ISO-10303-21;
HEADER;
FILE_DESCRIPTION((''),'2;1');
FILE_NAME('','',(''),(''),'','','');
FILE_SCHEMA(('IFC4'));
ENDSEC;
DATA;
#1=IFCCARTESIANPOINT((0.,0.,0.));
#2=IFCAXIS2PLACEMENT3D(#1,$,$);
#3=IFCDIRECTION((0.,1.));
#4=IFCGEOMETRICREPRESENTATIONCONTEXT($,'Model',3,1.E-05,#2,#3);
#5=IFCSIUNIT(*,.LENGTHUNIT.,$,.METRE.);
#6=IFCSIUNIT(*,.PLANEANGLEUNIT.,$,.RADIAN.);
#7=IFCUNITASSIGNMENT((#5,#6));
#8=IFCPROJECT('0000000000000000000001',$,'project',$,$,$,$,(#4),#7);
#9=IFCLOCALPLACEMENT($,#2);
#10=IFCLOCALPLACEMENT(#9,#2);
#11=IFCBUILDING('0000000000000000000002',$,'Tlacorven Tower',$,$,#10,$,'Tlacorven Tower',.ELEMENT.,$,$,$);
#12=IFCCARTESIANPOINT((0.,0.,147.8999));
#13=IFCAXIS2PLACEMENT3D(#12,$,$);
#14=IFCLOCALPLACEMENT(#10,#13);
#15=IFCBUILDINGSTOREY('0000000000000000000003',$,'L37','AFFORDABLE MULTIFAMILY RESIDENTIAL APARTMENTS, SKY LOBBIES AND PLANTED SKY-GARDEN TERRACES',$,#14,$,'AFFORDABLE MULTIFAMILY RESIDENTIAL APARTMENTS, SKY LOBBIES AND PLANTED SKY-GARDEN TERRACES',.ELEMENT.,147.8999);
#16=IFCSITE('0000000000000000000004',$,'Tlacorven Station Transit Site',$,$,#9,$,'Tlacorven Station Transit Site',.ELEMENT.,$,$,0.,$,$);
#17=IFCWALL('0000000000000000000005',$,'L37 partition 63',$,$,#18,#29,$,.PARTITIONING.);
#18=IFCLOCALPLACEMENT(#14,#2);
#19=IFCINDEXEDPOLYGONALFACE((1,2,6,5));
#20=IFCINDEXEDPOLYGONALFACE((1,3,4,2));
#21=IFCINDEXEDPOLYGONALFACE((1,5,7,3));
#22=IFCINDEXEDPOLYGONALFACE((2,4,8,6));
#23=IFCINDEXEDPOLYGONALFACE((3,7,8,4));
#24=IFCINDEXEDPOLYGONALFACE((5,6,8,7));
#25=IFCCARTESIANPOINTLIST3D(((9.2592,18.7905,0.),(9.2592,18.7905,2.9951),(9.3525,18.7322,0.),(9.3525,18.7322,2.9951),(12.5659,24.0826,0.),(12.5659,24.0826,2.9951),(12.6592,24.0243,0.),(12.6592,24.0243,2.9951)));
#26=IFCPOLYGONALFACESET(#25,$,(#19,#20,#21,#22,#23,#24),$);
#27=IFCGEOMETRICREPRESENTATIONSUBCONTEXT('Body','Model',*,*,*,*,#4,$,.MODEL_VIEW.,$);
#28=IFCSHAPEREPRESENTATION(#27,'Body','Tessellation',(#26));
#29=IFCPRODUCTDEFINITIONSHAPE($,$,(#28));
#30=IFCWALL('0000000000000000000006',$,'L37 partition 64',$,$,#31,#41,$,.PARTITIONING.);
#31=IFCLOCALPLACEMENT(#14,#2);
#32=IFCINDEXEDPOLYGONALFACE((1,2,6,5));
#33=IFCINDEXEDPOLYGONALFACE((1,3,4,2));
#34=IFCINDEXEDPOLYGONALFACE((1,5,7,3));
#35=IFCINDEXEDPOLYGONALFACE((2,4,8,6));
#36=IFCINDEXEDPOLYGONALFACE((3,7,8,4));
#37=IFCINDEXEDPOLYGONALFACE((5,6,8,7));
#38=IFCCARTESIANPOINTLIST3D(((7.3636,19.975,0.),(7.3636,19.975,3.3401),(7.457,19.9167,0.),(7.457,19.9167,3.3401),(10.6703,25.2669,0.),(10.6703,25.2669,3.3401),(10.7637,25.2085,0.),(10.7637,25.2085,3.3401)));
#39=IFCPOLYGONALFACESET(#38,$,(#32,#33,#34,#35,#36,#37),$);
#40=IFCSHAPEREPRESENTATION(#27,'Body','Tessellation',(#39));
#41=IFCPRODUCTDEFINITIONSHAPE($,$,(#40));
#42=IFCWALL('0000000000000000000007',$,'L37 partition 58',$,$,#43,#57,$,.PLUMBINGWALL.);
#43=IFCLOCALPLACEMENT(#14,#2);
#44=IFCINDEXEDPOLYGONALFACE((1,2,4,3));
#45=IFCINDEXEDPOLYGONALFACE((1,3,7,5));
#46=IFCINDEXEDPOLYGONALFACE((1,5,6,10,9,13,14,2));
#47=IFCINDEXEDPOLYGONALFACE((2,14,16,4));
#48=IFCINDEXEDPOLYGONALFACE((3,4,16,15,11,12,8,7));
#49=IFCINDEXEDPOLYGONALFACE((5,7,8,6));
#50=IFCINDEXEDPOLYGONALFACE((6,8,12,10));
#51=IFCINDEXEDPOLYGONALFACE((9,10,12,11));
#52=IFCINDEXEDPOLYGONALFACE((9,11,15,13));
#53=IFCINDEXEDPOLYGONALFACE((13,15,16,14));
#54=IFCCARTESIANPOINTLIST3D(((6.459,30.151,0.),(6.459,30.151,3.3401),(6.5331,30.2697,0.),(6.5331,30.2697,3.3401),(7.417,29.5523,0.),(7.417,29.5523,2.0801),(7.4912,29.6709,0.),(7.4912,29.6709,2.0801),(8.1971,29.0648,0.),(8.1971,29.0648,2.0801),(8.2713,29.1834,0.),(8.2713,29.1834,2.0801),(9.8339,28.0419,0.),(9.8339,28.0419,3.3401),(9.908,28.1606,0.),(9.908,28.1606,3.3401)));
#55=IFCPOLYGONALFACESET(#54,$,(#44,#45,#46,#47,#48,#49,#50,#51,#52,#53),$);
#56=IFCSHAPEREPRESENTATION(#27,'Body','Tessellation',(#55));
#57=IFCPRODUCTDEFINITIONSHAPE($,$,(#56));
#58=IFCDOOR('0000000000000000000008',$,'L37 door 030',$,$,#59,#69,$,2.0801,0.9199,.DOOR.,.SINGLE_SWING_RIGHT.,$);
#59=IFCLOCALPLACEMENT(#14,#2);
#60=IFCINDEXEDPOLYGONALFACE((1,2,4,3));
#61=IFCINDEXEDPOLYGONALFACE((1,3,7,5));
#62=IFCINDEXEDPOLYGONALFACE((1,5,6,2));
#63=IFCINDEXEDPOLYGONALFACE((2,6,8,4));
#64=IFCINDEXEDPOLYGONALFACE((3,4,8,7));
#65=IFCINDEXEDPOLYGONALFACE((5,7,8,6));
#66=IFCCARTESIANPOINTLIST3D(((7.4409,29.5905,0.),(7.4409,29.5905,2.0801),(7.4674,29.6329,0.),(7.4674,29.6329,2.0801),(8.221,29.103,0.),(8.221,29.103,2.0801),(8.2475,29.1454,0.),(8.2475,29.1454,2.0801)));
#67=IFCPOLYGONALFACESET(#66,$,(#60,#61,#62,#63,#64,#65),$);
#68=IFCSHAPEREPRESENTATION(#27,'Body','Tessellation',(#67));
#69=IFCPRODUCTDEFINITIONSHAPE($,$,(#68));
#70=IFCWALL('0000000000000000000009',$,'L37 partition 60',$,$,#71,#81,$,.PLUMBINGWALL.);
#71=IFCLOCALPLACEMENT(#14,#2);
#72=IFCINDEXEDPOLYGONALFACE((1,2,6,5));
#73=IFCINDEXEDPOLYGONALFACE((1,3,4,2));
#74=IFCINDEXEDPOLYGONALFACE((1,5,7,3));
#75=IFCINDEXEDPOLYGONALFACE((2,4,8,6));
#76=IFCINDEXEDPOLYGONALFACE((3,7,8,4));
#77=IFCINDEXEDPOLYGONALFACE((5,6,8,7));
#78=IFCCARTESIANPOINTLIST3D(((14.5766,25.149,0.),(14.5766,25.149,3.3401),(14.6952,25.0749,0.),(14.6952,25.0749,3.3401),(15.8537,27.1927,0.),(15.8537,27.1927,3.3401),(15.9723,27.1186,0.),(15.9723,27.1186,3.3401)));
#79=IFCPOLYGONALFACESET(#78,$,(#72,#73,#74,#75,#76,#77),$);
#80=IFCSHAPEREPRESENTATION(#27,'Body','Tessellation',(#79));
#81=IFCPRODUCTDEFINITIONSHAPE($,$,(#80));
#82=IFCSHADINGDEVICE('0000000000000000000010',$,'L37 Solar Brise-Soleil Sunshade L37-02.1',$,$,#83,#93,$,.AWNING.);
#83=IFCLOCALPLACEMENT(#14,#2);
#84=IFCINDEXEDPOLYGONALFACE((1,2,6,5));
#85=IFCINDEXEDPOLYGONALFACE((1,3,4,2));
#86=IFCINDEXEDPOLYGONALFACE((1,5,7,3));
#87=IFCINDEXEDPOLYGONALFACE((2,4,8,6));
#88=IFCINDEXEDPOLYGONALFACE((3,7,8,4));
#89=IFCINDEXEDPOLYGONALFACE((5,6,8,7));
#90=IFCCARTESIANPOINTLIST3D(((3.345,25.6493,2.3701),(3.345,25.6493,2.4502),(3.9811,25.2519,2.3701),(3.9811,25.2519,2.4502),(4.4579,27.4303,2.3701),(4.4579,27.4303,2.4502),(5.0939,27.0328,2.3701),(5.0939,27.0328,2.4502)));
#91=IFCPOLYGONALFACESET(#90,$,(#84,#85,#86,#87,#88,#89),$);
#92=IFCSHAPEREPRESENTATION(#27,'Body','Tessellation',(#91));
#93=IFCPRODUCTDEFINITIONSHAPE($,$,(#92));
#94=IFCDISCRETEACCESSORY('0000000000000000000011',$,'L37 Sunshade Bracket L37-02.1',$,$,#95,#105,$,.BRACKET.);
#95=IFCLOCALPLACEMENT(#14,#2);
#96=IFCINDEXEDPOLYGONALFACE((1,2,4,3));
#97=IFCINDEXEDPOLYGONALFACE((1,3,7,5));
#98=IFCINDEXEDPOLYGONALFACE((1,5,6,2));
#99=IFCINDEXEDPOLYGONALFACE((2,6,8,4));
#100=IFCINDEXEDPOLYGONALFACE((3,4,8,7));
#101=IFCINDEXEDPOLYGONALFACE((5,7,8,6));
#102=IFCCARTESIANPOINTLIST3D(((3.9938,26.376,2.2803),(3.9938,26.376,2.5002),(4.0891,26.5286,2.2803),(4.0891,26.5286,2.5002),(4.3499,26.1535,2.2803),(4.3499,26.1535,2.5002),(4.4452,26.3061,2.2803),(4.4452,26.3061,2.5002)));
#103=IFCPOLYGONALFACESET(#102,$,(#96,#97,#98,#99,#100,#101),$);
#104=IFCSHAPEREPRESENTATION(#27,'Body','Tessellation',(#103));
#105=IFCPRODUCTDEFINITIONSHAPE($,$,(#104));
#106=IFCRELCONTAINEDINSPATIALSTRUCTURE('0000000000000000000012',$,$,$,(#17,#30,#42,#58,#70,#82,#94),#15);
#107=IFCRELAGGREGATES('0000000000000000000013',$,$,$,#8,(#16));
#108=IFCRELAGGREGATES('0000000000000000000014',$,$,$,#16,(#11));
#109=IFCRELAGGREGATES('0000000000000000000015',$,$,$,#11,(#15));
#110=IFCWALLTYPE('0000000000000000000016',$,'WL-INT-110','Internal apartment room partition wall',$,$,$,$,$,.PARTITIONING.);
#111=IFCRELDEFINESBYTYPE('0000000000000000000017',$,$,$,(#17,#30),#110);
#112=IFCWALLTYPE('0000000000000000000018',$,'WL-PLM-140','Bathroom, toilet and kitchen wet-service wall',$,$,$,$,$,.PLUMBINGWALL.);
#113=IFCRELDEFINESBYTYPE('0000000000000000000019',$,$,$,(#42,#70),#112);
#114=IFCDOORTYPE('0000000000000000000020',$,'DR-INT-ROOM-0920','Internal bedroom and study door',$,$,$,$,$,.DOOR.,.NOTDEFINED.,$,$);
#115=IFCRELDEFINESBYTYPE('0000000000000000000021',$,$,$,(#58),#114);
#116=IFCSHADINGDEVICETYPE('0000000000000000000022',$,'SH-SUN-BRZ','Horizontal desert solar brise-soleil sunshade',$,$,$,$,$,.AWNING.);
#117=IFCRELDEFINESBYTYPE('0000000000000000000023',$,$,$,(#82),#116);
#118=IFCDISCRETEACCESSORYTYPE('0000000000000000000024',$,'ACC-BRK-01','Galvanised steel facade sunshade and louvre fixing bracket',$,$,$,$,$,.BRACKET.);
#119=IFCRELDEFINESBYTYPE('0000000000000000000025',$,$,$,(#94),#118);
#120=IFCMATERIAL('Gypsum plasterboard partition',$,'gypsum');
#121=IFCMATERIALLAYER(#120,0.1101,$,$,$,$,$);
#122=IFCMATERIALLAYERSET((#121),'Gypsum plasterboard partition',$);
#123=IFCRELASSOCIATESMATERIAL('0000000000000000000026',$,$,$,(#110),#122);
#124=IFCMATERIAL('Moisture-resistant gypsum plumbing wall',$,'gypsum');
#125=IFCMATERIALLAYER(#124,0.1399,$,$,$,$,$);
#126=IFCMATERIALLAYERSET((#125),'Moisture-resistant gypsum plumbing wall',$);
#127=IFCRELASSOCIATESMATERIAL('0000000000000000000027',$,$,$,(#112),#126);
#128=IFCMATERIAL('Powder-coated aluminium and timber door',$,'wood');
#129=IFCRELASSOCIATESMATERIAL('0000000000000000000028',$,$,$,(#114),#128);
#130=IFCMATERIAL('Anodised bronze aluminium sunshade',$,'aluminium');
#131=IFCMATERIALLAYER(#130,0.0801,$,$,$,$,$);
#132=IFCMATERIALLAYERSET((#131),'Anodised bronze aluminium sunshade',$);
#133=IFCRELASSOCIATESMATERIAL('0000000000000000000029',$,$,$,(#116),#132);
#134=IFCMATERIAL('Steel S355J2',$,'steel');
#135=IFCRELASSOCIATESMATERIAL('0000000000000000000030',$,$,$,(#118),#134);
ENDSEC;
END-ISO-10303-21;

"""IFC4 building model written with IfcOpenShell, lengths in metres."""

from ifc_helpers import new_model, si_unit, direction, frame, frame_2d, origin, origin_2d, place, context, subcontext, project, spatial, rectangle, extrude, source, transform, mapped, material, layer, layer_set, type_object, element, fill, save


model = new_model("IFC4")

# Units and contexts
model_context = context("Model", 3, precision=1e-05, world=origin(), true_north=direction((0.0, 1.0)))
body_context = subcontext(model_context, "Body", "Model", "MODEL_VIEW")
ifc_project = project(units=[si_unit("LENGTHUNIT", "METRE"), si_unit("PLANEANGLEUNIT", "RADIAN")], contexts=[model_context])

# Site, building, storey
site_placement = place(None, origin())
site = spatial("IfcSite", under=ifc_project, at=site_placement, Name="Tlacorven Station Transit Site", LongName="Tlacorven Station Transit Site", CompositionType="ELEMENT", RefElevation=0.0)
building_placement = place(site_placement, origin())
building = spatial("IfcBuilding", under=site, at=building_placement, Name="Tlacorven Tower", LongName="Tlacorven Tower", CompositionType="ELEMENT")
storey_placement = place(building_placement, frame((0.0, 0.0, 147.8999)))
storey = spatial("IfcBuildingStorey", under=building, at=storey_placement, Name="L37", Description="AFFORDABLE MULTIFAMILY RESIDENTIAL APARTMENTS, SKY LOBBIES AND PLANTED SKY-GARDEN TERRACES", LongName="AFFORDABLE MULTIFAMILY RESIDENTIAL APARTMENTS, SKY LOBBIES AND PLANTED SKY-GARDEN TERRACES", CompositionType="ELEMENT", Elevation=147.8999)

# Shared definitions
ifc_material_1 = material(Name="Steel S355J2", Category="steel")

# Shared definitions
ifc_material_2 = material(Name="Gypsum plasterboard partition", Category="gypsum")
ifc_layer_1 = layer(ifc_material_2, 0.1101)
ifc_layer_set_1 = layer_set([ifc_layer_1], Name="Gypsum plasterboard partition")
wall_type_1 = type_object("IfcWallType", Name="WL-INT-110", Description="Internal apartment room partition wall", PredefinedType="PARTITIONING", material=ifc_layer_set_1)
ifc_material_3 = material(Name="Powder-coated aluminium and timber door", Category="wood")

# Walls
wall_1_placement = place(storey_placement, frame((12.6125, 24.0535, 0.0), z_axis=(0.0, 0.0, 1.0), x_axis=(-0.5299, -0.84806, 0.0)))
element("IfcWall", 1, at=wall_1_placement, inside=storey, type_object=wall_type_1, Name="L37 partition 63", PredefinedType="PARTITIONING", context=body_context, shape_type="SweptSolid", body=[
    extrude(rectangle(XDim=6.2402, YDim=0.1101, at=frame_2d((3.1201, 0.0))), origin(), (0.0, 0.0, 1.0), 2.9951),
])
wall_2_placement = place(storey_placement, frame((10.717, 25.2378, 0.0), z_axis=(0.0, 0.0, 1.0), x_axis=(-0.529918, -0.848049, 0.0)))
element("IfcWall", 2, at=wall_2_placement, inside=storey, type_object=wall_type_1, Name="L37 partition 64", PredefinedType="PARTITIONING", context=body_context, shape_type="SweptSolid", body=[
    extrude(rectangle(XDim=6.24, YDim=0.1101, at=frame_2d((3.1201, 0.0))), origin(), (0.0, 0.0, 1.0), 3.3401),
])

# Wall, opening, door
ifc_material_4 = material(Name="Moisture-resistant gypsum plumbing wall", Category="gypsum")
ifc_layer_2 = layer(ifc_material_4, 0.1399)
ifc_layer_set_2 = layer_set([ifc_layer_2], Name="Moisture-resistant gypsum plumbing wall")
wall_type_2 = type_object("IfcWallType", Name="WL-PLM-140", Description="Bathroom, toilet and kitchen wet-service wall", PredefinedType="PLUMBINGWALL", material=ifc_layer_set_2)
wall_3_placement = place(storey_placement, frame((9.8708, 28.1013, 0.0), z_axis=(0.0, 0.0, 1.0), x_axis=(-0.848026, 0.529955, 0.0)))
wall_3 = element("IfcWall", 3, at=wall_3_placement, inside=storey, type_object=wall_type_2, Name="L37 partition 58", PredefinedType="PLUMBINGWALL", context=body_context, shape_type="SweptSolid", body=[
    extrude(rectangle(XDim=3.9797, YDim=0.1399, at=frame_2d((1.9897, 0.0))), origin(), (0.0, 0.0, 1.0), 3.3401),
])
opening_1_placement = place(wall_3_placement, frame((1.9299, 0.0, 0.0)))
opening_1 = element("IfcOpeningElement", 4, at=opening_1_placement, cuts=wall_3, PredefinedType="OPENING", context=body_context, shape_type="SweptSolid", body=[
    extrude(rectangle(XDim=0.9199, YDim=2.0801, at=frame_2d((0.46, 1.04))), frame((0.0, 0.0801, 0.0), z_axis=(0.0, -1.0, 0.0), x_axis=(1.0, 0.0, 0.0)), (0.0, 0.0, 1.0), 0.1599),
])
door_type_1 = type_object("IfcDoorType", Name="DR-INT-ROOM-0920", Description="Internal bedroom and study door", OperationType="NOTDEFINED", PredefinedType="DOOR", material=ifc_material_3)
shared_shape_1 = source(origin(), body_context, "Body", "SweptSolid", [
    extrude(rectangle(XDim=0.9199, YDim=2.0801, at=frame_2d((0.46, 1.04))), frame((0.0, 0.0249, 0.0), z_axis=(0.0, -1.0, 0.0), x_axis=(1.0, 0.0, 0.0)), (0.0, 0.0, 1.0), 0.05),
])
door_1_placement = place(opening_1_placement, origin())
door_1 = element("IfcDoor", 5, at=door_1_placement, inside=storey, type_object=door_type_1, Name="L37 door 030", OperationType="SINGLE_SWING_RIGHT", OverallHeight=2.0801, OverallWidth=0.9199, PredefinedType="DOOR", context=body_context, shape_type="MappedRepresentation", body=[
    mapped(shared_shape_1, transform((0.0, 0.0, 0.0), scale=1.0)),
])
fill(opening_1, door_1)

# Wall
wall_4_placement = place(storey_placement, frame((15.9131, 27.1558, 0.0), z_axis=(0.0, 0.0, 1.0), x_axis=(-0.529935, -0.848038, 0.0)))
element("IfcWall", 6, at=wall_4_placement, inside=storey, type_object=wall_type_2, Name="L37 partition 60", PredefinedType="PLUMBINGWALL", context=body_context, shape_type="SweptSolid", body=[
    extrude(rectangle(XDim=2.4099, YDim=0.1399, at=frame_2d((1.2051, 0.0))), origin(), (0.0, 0.0, 1.0), 3.3401),
])

# Shading device
ifc_material_5 = material(Name="Anodised bronze aluminium sunshade", Category="aluminium")
ifc_layer_3 = layer(ifc_material_5, 0.0801)
ifc_layer_set_3 = layer_set([ifc_layer_3], Name="Anodised bronze aluminium sunshade")
shading_device_type = type_object("IfcShadingDeviceType", Name="SH-SUN-BRZ", Description="Horizontal desert solar brise-soleil sunshade", PredefinedType="AWNING", material=ifc_layer_set_3)
shared_shape_2 = source(origin(), body_context, "Body", "SweptSolid", [
    extrude(rectangle(XDim=2.1001, YDim=0.75, at=origin_2d()), origin(), (0.0, 0.0, 1.0), 0.0801),
])
shading_device_placement = place(storey_placement, frame((4.2195, 26.3411, 2.3701), z_axis=(0.0, 0.0, 1.0), x_axis=(0.529919, 0.848048, 0.0)))
element("IfcShadingDevice", 7, at=shading_device_placement, inside=storey, type_object=shading_device_type, Name="L37 Solar Brise-Soleil Sunshade L37-02.1", PredefinedType="AWNING", context=body_context, shape_type="MappedRepresentation", body=[
    mapped(shared_shape_2, transform((0.0, 0.0, 0.0), scale=1.0)),
])

# Discrete accessory
discrete_accessory_type = type_object("IfcDiscreteAccessoryType", Name="ACC-BRK-01", Description="Galvanised steel facade sunshade and louvre fixing bracket", PredefinedType="BRACKET", material=ifc_material_1)
shared_shape_3 = source(origin(), body_context, "Body", "SweptSolid", [
    extrude(rectangle(XDim=0.1799, YDim=0.4199, at=origin_2d()), origin(), (0.0, 0.0, 1.0), 0.22),
])
discrete_accessory_placement = place(storey_placement, frame((4.2195, 26.3411, 2.2803), z_axis=(0.0, 0.0, 1.0), x_axis=(0.529919, 0.848048, 0.0)))
element("IfcDiscreteAccessory", 8, at=discrete_accessory_placement, inside=storey, type_object=discrete_accessory_type, Name="L37 Sunshade Bracket L37-02.1", PredefinedType="BRACKET", context=body_context, shape_type="MappedRepresentation", body=[
    mapped(shared_shape_3, transform((0.0, 0.0, 0.0), scale=1.0)),
])

save(model, "model.ifc")
